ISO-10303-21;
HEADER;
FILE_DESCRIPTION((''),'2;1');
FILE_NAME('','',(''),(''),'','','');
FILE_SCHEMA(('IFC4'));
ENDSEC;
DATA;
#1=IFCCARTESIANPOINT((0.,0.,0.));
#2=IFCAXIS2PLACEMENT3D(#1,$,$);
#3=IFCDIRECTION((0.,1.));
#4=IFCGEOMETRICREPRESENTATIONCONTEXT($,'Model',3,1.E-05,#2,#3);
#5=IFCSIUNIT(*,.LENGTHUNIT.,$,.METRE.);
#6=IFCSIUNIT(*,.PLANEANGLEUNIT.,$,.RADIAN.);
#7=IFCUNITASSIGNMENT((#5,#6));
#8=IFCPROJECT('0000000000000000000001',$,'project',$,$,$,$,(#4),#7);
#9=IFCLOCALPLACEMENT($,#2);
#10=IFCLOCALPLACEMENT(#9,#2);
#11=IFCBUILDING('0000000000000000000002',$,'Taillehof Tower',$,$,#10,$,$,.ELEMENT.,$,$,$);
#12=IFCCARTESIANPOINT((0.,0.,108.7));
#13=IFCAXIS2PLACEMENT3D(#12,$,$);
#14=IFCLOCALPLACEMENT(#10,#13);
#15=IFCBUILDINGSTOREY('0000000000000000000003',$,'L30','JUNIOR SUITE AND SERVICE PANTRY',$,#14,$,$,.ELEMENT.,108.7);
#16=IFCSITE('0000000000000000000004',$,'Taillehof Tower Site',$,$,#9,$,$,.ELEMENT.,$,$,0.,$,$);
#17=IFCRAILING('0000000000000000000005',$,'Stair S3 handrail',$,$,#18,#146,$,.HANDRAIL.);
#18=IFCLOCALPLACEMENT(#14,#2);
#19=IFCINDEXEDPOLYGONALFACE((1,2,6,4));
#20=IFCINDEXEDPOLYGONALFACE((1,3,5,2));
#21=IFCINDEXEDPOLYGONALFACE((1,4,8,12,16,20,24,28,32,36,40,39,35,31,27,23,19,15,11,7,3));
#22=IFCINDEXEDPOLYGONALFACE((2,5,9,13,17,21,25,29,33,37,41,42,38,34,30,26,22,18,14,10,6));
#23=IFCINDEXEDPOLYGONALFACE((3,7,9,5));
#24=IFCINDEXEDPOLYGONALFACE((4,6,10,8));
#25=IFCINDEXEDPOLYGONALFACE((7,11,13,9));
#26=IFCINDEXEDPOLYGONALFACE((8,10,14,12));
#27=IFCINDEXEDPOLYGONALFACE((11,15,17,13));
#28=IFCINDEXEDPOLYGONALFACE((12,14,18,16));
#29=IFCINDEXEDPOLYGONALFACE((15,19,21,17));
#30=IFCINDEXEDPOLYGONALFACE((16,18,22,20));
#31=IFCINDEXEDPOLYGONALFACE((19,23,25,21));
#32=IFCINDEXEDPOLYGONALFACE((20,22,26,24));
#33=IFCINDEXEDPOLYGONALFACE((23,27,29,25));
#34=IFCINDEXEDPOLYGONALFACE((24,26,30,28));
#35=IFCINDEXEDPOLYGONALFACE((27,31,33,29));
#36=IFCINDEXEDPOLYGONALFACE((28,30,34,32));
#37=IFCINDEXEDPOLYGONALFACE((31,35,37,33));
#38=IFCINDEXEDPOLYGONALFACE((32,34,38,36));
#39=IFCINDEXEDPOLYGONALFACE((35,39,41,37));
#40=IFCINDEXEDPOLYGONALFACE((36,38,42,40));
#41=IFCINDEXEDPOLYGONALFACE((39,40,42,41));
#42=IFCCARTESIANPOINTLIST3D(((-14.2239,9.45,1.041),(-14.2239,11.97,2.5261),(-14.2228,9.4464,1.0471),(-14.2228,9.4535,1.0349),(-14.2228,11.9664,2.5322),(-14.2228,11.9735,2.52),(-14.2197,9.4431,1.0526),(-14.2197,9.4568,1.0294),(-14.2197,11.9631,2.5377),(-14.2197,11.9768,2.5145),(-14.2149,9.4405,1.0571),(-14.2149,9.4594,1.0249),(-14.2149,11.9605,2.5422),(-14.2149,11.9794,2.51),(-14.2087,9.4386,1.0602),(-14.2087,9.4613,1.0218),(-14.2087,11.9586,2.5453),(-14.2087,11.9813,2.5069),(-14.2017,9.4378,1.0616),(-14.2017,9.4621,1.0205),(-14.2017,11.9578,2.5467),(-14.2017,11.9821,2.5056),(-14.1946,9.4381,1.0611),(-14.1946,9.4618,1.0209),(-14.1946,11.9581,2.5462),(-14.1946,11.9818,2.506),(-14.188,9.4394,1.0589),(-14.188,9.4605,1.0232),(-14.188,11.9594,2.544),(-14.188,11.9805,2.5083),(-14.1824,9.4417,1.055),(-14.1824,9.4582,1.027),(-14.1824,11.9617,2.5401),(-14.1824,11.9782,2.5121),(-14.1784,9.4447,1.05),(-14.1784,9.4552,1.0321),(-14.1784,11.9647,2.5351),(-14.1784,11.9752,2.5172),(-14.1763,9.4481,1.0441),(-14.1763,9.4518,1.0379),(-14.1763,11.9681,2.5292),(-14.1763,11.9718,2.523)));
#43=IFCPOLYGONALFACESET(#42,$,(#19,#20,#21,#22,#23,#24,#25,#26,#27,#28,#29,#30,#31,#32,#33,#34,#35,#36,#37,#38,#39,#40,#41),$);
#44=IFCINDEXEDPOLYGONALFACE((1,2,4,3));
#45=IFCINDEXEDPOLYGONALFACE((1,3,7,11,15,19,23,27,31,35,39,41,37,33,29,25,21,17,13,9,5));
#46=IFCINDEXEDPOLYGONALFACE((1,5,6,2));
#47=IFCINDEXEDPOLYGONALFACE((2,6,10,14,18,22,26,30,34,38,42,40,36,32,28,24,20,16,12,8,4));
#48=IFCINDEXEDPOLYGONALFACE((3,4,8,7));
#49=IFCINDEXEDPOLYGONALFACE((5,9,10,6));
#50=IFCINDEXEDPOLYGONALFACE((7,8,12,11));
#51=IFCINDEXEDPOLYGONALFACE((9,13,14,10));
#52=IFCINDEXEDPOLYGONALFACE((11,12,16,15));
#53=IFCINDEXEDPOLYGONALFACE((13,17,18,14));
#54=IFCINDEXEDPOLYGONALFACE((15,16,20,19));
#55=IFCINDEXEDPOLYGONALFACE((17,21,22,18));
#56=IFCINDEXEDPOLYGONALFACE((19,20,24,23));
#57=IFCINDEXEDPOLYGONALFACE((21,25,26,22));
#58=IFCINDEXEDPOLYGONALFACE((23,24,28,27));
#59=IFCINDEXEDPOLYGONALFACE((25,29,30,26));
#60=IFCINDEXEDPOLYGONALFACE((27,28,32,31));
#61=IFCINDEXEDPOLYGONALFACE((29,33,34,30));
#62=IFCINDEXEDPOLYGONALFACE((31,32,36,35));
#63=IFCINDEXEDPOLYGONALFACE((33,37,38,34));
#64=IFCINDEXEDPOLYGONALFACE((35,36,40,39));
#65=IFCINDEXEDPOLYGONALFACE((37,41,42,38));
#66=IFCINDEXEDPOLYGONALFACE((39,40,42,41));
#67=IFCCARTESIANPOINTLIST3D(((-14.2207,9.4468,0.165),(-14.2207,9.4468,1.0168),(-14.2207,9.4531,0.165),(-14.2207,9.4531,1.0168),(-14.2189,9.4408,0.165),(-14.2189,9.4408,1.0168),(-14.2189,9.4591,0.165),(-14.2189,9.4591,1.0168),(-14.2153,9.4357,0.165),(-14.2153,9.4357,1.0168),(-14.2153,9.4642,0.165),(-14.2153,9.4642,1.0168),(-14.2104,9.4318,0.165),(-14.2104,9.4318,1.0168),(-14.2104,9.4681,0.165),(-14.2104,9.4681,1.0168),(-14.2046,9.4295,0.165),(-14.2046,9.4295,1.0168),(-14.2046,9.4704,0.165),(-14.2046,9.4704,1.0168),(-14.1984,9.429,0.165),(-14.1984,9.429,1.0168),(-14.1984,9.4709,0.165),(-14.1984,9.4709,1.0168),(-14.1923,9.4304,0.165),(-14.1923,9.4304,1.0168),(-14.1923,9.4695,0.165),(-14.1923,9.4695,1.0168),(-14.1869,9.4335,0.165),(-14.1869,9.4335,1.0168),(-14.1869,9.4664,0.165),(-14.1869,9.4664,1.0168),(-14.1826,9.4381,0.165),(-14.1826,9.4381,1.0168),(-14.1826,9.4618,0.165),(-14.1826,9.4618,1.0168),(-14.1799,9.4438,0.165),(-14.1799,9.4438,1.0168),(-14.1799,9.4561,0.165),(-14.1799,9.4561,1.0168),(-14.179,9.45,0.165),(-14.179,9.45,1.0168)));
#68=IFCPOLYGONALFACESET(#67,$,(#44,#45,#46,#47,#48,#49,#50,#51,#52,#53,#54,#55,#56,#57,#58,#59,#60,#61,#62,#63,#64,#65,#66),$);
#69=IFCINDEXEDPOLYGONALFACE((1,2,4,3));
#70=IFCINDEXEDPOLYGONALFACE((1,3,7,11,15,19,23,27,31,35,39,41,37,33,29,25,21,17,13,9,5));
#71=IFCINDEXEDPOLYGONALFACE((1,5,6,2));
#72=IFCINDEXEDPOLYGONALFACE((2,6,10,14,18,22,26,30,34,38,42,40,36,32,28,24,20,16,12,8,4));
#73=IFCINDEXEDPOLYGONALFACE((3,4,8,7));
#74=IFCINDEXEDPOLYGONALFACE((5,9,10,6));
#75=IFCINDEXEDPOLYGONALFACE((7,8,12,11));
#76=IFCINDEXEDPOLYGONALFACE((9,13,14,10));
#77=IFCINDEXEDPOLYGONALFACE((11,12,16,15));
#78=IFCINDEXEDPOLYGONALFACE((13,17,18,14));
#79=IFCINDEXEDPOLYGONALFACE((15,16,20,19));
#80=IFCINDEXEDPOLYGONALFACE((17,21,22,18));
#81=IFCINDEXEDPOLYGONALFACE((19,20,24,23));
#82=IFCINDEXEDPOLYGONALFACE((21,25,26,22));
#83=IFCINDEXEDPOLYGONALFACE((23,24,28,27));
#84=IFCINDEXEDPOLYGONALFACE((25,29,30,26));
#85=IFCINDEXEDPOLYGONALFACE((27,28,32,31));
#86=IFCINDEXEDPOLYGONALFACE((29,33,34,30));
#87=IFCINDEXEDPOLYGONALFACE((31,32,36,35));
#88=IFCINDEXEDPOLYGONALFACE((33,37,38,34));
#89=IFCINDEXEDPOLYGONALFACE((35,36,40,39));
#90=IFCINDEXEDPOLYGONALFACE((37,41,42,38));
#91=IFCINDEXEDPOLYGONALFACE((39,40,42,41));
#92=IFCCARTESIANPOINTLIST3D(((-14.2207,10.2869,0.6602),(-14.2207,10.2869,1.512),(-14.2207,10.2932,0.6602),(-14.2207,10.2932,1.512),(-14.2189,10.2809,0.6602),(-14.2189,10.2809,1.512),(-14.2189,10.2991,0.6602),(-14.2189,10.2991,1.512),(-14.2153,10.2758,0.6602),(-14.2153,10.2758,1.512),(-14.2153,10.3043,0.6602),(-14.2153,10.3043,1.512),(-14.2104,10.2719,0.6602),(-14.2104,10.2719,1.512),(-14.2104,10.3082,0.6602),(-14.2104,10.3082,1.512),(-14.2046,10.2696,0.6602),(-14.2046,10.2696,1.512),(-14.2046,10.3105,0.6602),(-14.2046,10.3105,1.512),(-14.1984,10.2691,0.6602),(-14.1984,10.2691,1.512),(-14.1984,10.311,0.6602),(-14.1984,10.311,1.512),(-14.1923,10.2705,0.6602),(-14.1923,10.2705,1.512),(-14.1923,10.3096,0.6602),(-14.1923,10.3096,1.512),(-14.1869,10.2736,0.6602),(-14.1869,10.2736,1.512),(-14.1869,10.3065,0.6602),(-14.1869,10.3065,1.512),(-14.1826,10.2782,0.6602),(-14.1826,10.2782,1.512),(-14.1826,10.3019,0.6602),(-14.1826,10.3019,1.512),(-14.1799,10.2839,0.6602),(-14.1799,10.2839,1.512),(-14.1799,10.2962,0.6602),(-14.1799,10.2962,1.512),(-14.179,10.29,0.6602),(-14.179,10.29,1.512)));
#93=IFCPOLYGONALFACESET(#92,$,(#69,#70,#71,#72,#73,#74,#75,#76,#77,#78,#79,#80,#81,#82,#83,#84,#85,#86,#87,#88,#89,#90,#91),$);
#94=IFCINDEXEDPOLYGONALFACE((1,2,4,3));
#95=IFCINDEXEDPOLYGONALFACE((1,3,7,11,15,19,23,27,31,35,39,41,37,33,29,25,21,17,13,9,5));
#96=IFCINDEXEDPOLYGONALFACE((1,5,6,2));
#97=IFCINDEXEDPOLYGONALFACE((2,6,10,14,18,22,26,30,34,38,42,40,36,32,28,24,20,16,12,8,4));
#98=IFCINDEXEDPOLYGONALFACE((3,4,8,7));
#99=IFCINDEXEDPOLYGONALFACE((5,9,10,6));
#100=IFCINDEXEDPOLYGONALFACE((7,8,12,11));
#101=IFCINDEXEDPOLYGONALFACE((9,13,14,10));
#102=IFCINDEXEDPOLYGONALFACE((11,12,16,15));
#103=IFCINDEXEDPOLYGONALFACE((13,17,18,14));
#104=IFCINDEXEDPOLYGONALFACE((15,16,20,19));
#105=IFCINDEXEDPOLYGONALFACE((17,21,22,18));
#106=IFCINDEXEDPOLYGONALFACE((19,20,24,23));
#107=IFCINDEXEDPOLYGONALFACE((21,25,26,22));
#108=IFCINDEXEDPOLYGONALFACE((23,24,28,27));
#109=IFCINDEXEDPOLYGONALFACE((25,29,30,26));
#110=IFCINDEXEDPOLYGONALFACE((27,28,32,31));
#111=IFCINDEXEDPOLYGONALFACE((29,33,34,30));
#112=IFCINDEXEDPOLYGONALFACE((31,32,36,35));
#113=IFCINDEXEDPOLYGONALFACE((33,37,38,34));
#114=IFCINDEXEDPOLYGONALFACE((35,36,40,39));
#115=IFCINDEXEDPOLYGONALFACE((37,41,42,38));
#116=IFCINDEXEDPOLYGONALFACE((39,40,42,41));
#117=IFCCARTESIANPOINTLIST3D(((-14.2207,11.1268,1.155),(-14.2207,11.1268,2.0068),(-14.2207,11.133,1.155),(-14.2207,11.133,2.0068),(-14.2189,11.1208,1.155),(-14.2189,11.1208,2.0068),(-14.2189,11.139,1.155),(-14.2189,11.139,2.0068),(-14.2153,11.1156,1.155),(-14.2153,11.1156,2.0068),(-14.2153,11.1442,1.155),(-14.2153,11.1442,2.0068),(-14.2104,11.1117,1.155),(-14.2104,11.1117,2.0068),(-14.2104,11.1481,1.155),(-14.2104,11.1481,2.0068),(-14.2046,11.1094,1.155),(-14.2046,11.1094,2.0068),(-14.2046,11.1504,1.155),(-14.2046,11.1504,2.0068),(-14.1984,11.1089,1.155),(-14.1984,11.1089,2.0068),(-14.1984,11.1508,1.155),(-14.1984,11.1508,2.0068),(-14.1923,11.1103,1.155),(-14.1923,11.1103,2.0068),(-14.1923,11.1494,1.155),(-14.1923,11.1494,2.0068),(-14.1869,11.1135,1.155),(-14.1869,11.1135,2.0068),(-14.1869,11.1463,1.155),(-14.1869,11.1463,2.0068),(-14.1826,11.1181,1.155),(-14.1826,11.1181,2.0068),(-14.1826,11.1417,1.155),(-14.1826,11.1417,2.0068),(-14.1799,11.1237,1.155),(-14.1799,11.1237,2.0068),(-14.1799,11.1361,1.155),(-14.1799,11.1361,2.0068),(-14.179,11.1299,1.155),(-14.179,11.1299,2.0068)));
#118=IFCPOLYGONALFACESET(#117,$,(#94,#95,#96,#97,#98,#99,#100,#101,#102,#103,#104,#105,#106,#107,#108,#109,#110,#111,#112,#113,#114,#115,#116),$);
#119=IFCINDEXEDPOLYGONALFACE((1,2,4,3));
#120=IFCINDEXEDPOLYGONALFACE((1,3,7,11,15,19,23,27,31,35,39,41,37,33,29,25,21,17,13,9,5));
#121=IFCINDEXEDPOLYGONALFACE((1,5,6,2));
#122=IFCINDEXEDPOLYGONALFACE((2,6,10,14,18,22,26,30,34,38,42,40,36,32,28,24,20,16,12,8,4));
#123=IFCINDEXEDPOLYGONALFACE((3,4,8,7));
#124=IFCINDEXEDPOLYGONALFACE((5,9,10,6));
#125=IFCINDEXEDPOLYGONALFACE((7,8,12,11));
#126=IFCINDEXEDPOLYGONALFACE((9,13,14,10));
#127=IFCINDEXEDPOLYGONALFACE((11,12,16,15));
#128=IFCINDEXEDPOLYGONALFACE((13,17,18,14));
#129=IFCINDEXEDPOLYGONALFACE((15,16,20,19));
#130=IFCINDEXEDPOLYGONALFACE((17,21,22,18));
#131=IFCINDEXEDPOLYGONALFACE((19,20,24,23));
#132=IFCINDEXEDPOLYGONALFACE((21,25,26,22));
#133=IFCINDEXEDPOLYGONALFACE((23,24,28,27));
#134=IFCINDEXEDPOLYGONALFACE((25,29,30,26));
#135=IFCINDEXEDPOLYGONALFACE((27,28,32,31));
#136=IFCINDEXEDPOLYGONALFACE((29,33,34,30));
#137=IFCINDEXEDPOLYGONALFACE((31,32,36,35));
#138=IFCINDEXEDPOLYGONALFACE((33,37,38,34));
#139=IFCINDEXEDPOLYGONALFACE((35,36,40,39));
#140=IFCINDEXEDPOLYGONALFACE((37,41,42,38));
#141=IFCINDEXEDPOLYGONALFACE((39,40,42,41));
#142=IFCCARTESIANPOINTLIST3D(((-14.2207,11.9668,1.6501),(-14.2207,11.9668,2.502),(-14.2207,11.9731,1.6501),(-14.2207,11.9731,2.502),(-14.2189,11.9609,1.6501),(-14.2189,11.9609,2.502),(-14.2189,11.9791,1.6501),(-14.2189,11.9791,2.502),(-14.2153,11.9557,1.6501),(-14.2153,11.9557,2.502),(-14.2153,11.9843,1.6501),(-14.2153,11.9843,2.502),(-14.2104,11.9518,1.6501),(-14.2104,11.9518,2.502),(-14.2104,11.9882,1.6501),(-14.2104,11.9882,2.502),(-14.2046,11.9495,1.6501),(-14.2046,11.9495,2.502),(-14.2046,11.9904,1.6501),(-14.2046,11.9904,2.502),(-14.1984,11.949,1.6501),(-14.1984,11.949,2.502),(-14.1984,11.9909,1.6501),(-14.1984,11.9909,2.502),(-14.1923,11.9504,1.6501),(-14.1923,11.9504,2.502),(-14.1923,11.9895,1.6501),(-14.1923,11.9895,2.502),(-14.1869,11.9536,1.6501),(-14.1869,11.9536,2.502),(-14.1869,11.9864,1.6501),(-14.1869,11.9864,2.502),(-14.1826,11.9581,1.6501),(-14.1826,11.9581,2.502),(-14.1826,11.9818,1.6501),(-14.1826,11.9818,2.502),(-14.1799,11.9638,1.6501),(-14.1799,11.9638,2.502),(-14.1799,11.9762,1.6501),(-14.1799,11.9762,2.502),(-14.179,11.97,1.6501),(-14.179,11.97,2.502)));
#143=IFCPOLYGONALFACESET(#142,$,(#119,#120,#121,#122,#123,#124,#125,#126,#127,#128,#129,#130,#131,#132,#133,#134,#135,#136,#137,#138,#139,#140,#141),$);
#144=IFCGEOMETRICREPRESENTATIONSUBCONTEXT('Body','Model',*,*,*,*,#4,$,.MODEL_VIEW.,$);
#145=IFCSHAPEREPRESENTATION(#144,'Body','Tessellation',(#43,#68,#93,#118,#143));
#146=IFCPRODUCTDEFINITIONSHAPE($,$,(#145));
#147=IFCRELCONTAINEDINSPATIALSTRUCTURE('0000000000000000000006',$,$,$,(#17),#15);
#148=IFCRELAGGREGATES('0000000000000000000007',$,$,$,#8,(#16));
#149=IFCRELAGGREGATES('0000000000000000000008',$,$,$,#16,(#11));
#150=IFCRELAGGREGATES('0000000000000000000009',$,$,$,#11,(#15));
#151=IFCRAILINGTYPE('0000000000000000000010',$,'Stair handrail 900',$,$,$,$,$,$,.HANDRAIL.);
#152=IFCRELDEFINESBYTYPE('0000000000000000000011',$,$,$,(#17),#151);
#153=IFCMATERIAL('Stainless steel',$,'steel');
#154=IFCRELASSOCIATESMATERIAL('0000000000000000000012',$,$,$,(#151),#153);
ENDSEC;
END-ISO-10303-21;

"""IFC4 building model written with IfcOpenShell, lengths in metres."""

from ifc_helpers import new_model, si_unit, direction, frame, origin, origin_2d, place, context, subcontext, project, spatial, circle, extrude, material, type_object, element, save


model = new_model("IFC4")

# Units and contexts
model_context = context("Model", 3, precision=1e-05, world=origin(), true_north=direction((0.0, 1.0)))
body_context = subcontext(model_context, "Body", "Model", "MODEL_VIEW")
ifc_project = project(units=[si_unit("LENGTHUNIT", "METRE"), si_unit("PLANEANGLEUNIT", "RADIAN")], contexts=[model_context])

# Site, building, storey
site_placement = place(None, origin())
site = spatial("IfcSite", under=ifc_project, at=site_placement, Name="Taillehof Tower Site", CompositionType="ELEMENT", RefElevation=0.0)
building_placement = place(site_placement, origin())
building = spatial("IfcBuilding", under=site, at=building_placement, Name="Taillehof Tower", CompositionType="ELEMENT")
storey_placement = place(building_placement, frame((0.0, 0.0, 108.7)))
storey = spatial("IfcBuildingStorey", under=building, at=storey_placement, Name="L30", Description="JUNIOR SUITE AND SERVICE PANTRY", CompositionType="ELEMENT", Elevation=108.7)

# Railing
ifc_material_1 = material(Name="Stainless steel", Category="steel")
railing_type_1 = type_object("IfcRailingType", Name="Stair handrail 900", PredefinedType="HANDRAIL", material=ifc_material_1)
railing_1_placement = place(storey_placement, frame((-14.2, 9.45, 0.165)))
element("IfcRailing", 1, at=railing_1_placement, inside=storey, type_object=railing_type_1, Name="Stair S3 handrail", PredefinedType="HANDRAIL", context=body_context, shape_type="SweptSolid", body=[
    extrude(circle(Radius=0.0239, at=origin_2d()), frame((0.0, 0.0, 0.876), z_axis=(0.0, 0.861524, 0.507717), x_axis=(-1.0, 0.0, 0.0)), (0.0, 0.0, 1.0), 2.925),
    extrude(circle(Radius=0.021, at=origin_2d()), origin(), (0.0, 0.0, 1.0), 0.8518),
    extrude(circle(Radius=0.021, at=origin_2d()), frame((0.0, 0.8401, 0.4951)), (0.0, 0.0, 1.0), 0.8518),
    extrude(circle(Radius=0.021, at=origin_2d()), frame((0.0, 1.6799, 0.99)), (0.0, 0.0, 1.0), 0.8518),
    extrude(circle(Radius=0.021, at=origin_2d()), frame((0.0, 2.52, 1.4851)), (0.0, 0.0, 1.0), 0.8518),
])

save(model, "model.ifc")
